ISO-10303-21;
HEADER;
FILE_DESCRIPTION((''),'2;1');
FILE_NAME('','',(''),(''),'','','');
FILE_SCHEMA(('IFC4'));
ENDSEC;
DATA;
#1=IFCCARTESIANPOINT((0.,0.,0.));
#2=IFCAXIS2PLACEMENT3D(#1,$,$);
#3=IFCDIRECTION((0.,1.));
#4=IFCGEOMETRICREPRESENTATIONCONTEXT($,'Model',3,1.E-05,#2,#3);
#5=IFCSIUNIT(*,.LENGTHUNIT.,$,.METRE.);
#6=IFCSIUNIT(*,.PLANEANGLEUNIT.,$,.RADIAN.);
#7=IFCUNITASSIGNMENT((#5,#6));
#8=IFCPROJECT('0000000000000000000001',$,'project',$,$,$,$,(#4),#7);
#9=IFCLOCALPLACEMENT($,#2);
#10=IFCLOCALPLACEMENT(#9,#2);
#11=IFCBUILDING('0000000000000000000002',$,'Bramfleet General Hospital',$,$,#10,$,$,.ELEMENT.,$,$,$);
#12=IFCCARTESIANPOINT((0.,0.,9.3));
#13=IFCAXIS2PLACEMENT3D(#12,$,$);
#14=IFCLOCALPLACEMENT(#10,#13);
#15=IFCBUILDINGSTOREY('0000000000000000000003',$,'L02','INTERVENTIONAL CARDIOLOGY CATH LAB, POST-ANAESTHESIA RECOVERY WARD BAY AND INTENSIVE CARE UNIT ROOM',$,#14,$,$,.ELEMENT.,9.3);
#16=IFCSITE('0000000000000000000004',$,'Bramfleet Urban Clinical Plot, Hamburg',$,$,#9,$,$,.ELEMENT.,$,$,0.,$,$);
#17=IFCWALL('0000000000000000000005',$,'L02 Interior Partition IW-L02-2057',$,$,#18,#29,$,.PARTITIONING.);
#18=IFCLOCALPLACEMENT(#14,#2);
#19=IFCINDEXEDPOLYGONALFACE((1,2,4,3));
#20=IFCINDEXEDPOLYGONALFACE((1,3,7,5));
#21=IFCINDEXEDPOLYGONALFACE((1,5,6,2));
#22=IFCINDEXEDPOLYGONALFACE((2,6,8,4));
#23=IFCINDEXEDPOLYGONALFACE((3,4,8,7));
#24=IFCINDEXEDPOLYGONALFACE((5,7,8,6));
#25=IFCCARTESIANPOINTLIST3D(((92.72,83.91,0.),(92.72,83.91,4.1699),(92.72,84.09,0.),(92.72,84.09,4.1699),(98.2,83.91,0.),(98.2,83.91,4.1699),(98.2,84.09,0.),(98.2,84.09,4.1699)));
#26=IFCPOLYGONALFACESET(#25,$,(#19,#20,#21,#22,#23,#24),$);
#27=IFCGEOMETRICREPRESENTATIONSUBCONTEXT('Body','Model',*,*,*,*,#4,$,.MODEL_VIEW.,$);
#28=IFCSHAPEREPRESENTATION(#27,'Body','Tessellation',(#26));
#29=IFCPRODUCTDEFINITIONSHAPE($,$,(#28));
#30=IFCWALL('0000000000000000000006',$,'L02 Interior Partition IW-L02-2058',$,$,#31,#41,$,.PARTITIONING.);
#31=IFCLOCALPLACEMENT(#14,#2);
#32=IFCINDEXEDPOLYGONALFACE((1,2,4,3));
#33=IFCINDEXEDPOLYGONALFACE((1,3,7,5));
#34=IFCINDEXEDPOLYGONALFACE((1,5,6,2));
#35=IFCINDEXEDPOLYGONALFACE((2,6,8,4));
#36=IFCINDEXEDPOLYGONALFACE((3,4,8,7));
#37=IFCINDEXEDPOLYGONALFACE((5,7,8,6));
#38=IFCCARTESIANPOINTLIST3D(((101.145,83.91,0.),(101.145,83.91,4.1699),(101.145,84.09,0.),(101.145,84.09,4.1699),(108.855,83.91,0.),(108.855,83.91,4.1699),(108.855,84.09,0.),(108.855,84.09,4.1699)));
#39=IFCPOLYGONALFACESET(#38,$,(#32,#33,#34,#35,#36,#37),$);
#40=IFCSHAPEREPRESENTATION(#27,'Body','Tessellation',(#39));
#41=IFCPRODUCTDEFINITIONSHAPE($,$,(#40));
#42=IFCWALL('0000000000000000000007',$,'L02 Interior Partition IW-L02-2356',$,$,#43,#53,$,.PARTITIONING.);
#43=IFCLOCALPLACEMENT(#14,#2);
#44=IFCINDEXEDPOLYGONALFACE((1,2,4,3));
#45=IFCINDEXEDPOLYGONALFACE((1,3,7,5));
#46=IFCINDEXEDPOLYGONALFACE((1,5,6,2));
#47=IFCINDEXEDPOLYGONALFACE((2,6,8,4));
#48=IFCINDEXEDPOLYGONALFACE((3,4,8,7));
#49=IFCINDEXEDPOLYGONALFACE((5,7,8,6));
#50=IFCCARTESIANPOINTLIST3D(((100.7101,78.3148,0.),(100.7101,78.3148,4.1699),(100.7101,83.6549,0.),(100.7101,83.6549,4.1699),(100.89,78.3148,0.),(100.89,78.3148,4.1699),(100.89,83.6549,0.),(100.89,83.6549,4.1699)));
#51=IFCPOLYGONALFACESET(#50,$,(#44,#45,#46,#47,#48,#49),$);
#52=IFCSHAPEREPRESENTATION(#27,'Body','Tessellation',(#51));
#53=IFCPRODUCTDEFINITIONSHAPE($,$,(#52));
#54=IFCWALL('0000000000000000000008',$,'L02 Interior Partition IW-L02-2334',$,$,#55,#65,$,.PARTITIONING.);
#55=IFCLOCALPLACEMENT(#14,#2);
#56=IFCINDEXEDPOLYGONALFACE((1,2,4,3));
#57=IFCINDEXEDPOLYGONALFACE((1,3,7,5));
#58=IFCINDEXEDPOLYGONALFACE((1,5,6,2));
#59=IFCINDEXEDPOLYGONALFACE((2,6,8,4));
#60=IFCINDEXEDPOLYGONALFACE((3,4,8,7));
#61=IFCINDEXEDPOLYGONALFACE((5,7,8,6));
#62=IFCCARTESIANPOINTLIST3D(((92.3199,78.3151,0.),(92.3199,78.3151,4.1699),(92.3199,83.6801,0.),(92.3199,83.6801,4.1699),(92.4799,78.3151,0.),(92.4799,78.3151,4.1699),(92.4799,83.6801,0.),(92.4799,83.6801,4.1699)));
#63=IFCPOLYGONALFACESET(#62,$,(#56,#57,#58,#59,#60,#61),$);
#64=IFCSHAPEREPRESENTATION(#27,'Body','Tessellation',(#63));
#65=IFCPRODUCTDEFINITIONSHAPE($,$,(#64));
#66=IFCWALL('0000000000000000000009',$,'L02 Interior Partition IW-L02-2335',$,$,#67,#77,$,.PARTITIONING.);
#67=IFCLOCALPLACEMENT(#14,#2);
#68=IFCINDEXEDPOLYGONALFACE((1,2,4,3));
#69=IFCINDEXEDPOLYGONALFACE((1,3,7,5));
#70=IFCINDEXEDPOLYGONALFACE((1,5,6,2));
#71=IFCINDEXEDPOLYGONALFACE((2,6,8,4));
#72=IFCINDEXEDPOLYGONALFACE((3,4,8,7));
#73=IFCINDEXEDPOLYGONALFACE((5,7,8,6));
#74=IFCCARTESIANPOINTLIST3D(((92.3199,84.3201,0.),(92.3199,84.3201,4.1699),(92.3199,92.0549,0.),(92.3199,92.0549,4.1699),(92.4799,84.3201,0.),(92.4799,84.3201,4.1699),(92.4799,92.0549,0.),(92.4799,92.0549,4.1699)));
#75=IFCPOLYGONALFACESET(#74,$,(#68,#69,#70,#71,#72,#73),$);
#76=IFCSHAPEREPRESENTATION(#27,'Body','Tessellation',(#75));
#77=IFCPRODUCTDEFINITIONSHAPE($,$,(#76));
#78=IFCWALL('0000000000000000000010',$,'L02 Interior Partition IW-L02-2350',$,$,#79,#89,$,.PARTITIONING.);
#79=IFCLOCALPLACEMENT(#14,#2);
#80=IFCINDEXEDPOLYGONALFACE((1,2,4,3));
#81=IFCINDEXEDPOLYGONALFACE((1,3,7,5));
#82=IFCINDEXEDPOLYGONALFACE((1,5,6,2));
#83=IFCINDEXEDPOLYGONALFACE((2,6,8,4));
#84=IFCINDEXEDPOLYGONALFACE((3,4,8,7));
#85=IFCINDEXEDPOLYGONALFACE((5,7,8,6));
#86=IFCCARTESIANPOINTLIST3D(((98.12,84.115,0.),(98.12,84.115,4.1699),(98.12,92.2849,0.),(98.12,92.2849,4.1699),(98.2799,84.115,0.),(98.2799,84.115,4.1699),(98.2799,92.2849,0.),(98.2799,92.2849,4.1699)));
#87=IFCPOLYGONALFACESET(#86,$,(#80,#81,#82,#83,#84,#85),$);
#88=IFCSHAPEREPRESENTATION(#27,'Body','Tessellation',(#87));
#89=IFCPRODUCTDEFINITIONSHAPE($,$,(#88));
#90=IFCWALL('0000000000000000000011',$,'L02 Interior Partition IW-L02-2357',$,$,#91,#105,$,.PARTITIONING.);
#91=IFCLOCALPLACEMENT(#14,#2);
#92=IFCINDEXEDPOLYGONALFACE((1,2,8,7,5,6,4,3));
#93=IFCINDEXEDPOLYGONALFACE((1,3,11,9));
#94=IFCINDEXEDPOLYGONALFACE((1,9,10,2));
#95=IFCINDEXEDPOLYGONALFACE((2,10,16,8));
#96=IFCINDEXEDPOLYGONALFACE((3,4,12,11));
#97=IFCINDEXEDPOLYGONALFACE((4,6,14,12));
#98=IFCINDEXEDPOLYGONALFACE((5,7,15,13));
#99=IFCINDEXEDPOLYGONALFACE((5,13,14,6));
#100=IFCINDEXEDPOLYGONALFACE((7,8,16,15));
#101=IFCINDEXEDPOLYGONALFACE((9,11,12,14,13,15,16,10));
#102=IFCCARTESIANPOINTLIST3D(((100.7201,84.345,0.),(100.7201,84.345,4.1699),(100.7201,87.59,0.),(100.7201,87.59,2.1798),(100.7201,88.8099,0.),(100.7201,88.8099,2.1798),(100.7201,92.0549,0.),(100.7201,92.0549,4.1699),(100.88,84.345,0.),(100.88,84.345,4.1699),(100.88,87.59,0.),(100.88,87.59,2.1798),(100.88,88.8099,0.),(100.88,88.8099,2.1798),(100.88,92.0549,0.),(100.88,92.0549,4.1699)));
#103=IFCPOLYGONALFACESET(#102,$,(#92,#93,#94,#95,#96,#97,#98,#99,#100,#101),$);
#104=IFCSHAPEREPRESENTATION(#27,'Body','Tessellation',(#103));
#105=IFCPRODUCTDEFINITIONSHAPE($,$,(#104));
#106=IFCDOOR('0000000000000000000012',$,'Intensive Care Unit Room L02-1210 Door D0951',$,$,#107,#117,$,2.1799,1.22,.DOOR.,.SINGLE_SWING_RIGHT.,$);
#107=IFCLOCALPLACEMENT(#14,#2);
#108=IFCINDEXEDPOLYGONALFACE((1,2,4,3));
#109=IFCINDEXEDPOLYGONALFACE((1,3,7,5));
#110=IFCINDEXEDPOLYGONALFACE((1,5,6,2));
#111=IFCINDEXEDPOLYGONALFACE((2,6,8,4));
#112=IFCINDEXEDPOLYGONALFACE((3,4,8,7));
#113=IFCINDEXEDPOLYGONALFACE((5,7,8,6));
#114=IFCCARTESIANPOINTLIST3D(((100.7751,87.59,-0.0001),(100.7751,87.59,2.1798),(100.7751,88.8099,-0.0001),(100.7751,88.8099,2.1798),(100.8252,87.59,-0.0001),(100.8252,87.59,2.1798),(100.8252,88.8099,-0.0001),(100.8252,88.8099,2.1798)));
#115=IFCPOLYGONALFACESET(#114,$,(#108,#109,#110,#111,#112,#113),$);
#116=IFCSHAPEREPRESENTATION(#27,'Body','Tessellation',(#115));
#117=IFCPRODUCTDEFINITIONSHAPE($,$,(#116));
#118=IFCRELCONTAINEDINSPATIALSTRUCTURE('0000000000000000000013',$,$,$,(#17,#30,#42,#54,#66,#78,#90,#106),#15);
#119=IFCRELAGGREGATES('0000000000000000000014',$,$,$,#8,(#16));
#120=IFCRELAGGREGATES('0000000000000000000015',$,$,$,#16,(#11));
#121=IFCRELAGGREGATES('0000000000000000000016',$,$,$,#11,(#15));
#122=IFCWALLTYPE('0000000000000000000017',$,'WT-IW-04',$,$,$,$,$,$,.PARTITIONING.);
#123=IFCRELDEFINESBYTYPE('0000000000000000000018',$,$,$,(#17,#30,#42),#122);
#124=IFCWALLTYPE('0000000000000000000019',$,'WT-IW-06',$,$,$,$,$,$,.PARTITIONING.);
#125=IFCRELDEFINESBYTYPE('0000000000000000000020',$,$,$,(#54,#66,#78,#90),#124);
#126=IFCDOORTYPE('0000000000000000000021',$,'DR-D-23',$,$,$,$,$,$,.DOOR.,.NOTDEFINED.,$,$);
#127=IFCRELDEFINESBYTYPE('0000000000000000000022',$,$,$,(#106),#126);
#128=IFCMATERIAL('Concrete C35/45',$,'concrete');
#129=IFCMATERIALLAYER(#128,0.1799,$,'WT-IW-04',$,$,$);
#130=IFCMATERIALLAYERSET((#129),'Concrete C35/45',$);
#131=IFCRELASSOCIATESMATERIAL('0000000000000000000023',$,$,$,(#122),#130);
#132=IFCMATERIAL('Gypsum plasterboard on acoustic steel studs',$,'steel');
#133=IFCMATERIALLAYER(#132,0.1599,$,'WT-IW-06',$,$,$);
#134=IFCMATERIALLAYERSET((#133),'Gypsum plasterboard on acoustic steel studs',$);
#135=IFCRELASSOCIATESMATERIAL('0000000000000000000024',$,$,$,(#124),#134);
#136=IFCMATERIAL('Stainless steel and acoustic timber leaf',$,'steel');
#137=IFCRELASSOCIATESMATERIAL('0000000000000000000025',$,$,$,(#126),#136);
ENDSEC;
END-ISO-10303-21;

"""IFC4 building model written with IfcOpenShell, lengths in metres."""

from ifc_helpers import new_model, si_unit, direction, frame, frame_2d, origin, place, context, subcontext, project, spatial, rectangle, extrude, material, layer, layer_set, type_object, element, fill, save


model = new_model("IFC4")

# Units and contexts
model_context = context("Model", 3, precision=1e-05, world=origin(), true_north=direction((0.0, 1.0)))
body_context = subcontext(model_context, "Body", "Model", "MODEL_VIEW")
ifc_project = project(units=[si_unit("LENGTHUNIT", "METRE"), si_unit("PLANEANGLEUNIT", "RADIAN")], contexts=[model_context])

# Site, building, storey
site_placement = place(None, origin())
site = spatial("IfcSite", under=ifc_project, at=site_placement, Name="Bramfleet Urban Clinical Plot, Hamburg", CompositionType="ELEMENT", RefElevation=0.0)
building_placement = place(site_placement, origin())
building = spatial("IfcBuilding", under=site, at=building_placement, Name="Bramfleet General Hospital", CompositionType="ELEMENT")
storey_placement = place(building_placement, frame((0.0, 0.0, 9.3)))
storey = spatial("IfcBuildingStorey", under=building, at=storey_placement, Name="L02", Description="INTERVENTIONAL CARDIOLOGY CATH LAB, POST-ANAESTHESIA RECOVERY WARD BAY AND INTENSIVE CARE UNIT ROOM", CompositionType="ELEMENT", Elevation=9.3)

# Shared definitions
ifc_material_1 = material(Name="Concrete C35/45", Category="concrete")

# Shared definitions
ifc_layer_1 = layer(ifc_material_1, 0.1799, Name="WT-IW-04")
ifc_layer_set_1 = layer_set([ifc_layer_1], Name="Concrete C35/45")
wall_type_1 = type_object("IfcWallType", Name="WT-IW-04", PredefinedType="PARTITIONING", material=ifc_layer_set_1)
ifc_material_2 = material(Name="Stainless steel and acoustic timber leaf", Category="steel")

# Walls
wall_1_placement = place(storey_placement, frame((92.72, 84.0, 0.0), z_axis=(0.0, 0.0, 1.0), x_axis=(1.0, 0.0, 0.0)))
element("IfcWall", 1, at=wall_1_placement, inside=storey, type_object=wall_type_1, Name="L02 Interior Partition IW-L02-2057", PredefinedType="PARTITIONING", context=body_context, shape_type="SweptSolid", body=[
    extrude(rectangle(XDim=5.48, YDim=0.1799, at=frame_2d((2.74, 0.0))), origin(), (0.0, 0.0, 1.0), 4.1699),
])
wall_2_placement = place(storey_placement, frame((101.145, 84.0, 0.0), z_axis=(0.0, 0.0, 1.0), x_axis=(1.0, 0.0, 0.0)))
element("IfcWall", 2, at=wall_2_placement, inside=storey, type_object=wall_type_1, Name="L02 Interior Partition IW-L02-2058", PredefinedType="PARTITIONING", context=body_context, shape_type="SweptSolid", body=[
    extrude(rectangle(XDim=7.71, YDim=0.1799, at=frame_2d((3.855, 0.0))), origin(), (0.0, 0.0, 1.0), 4.1699),
])
wall_3_placement = place(storey_placement, frame((100.8, 78.3149, 0.0), z_axis=(0.0, 0.0, 1.0), x_axis=(0.0, 1.0, 0.0)))
element("IfcWall", 3, at=wall_3_placement, inside=storey, type_object=wall_type_1, Name="L02 Interior Partition IW-L02-2356", PredefinedType="PARTITIONING", context=body_context, shape_type="SweptSolid", body=[
    extrude(rectangle(XDim=5.3401, YDim=0.1799, at=frame_2d((2.6699, 0.0))), origin(), (0.0, 0.0, 1.0), 4.1699),
])
ifc_material_3 = material(Name="Gypsum plasterboard on acoustic steel studs", Category="steel")
ifc_layer_2 = layer(ifc_material_3, 0.1599, Name="WT-IW-06")
ifc_layer_set_2 = layer_set([ifc_layer_2], Name="Gypsum plasterboard on acoustic steel studs")
wall_type_2 = type_object("IfcWallType", Name="WT-IW-06", PredefinedType="PARTITIONING", material=ifc_layer_set_2)
wall_4_placement = place(storey_placement, frame((92.3999, 78.3149, 0.0), z_axis=(0.0, 0.0, 1.0), x_axis=(0.0, 1.0, 0.0)))
element("IfcWall", 4, at=wall_4_placement, inside=storey, type_object=wall_type_2, Name="L02 Interior Partition IW-L02-2334", PredefinedType="PARTITIONING", context=body_context, shape_type="SweptSolid", body=[
    extrude(rectangle(XDim=5.365, YDim=0.1599, at=frame_2d((2.6826, 0.0))), origin(), (0.0, 0.0, 1.0), 4.1699),
])
wall_5_placement = place(storey_placement, frame((92.3999, 84.3201, 0.0), z_axis=(0.0, 0.0, 1.0), x_axis=(0.0, 1.0, 0.0)))
element("IfcWall", 5, at=wall_5_placement, inside=storey, type_object=wall_type_2, Name="L02 Interior Partition IW-L02-2335", PredefinedType="PARTITIONING", context=body_context, shape_type="SweptSolid", body=[
    extrude(rectangle(XDim=7.7349, YDim=0.1599, at=frame_2d((3.8674, 0.0))), origin(), (0.0, 0.0, 1.0), 4.1699),
])
wall_6_placement = place(storey_placement, frame((98.2, 84.115, 0.0), z_axis=(0.0, 0.0, 1.0), x_axis=(0.0, 1.0, 0.0)))
element("IfcWall", 6, at=wall_6_placement, inside=storey, type_object=wall_type_2, Name="L02 Interior Partition IW-L02-2350", PredefinedType="PARTITIONING", context=body_context, shape_type="SweptSolid", body=[
    extrude(rectangle(XDim=8.1699, YDim=0.1599, at=frame_2d((4.085, 0.0))), origin(), (0.0, 0.0, 1.0), 4.1699),
])

# Wall, opening, door
wall_7_placement = place(storey_placement, frame((100.8, 84.345, 0.0), z_axis=(0.0, 0.0, 1.0), x_axis=(0.0, 1.0, 0.0)))
wall_7 = element("IfcWall", 7, at=wall_7_placement, inside=storey, type_object=wall_type_2, Name="L02 Interior Partition IW-L02-2357", PredefinedType="PARTITIONING", context=body_context, shape_type="SweptSolid", body=[
    extrude(rectangle(XDim=7.71, YDim=0.1599, at=frame_2d((3.855, 0.0))), origin(), (0.0, 0.0, 1.0), 4.1699),
])
opening_1_placement = place(wall_7_placement, frame((3.2451, 0.0, 0.0)))
opening_1 = element("IfcOpeningElement", 8, at=opening_1_placement, cuts=wall_7, PredefinedType="OPENING", context=body_context, shape_type="SweptSolid", body=[
    extrude(rectangle(XDim=1.22, YDim=2.1799, at=frame_2d((0.6099, 1.0898))), frame((0.0, 0.0898, 0.0), z_axis=(0.0, -1.0, 0.0), x_axis=(1.0, 0.0, 0.0)), (0.0, 0.0, 1.0), 0.1799),
])
door_type_1 = type_object("IfcDoorType", Name="DR-D-23", OperationType="NOTDEFINED", PredefinedType="DOOR", material=ifc_material_2)
door_1_placement = place(opening_1_placement, origin())
door_1 = element("IfcDoor", 9, at=door_1_placement, inside=storey, type_object=door_type_1, Name="Intensive Care Unit Room L02-1210 Door D0951", OperationType="SINGLE_SWING_RIGHT", OverallHeight=2.1799, OverallWidth=1.22, PredefinedType="DOOR", context=body_context, shape_type="SweptSolid", body=[
    extrude(rectangle(XDim=1.22, YDim=2.1799, at=frame_2d((0.6099, 1.0898))), frame((0.0, 0.0249, 0.0), z_axis=(0.0, -1.0, 0.0), x_axis=(1.0, 0.0, 0.0)), (0.0, 0.0, 1.0), 0.05),
])
fill(opening_1, door_1)

save(model, "model.ifc")
